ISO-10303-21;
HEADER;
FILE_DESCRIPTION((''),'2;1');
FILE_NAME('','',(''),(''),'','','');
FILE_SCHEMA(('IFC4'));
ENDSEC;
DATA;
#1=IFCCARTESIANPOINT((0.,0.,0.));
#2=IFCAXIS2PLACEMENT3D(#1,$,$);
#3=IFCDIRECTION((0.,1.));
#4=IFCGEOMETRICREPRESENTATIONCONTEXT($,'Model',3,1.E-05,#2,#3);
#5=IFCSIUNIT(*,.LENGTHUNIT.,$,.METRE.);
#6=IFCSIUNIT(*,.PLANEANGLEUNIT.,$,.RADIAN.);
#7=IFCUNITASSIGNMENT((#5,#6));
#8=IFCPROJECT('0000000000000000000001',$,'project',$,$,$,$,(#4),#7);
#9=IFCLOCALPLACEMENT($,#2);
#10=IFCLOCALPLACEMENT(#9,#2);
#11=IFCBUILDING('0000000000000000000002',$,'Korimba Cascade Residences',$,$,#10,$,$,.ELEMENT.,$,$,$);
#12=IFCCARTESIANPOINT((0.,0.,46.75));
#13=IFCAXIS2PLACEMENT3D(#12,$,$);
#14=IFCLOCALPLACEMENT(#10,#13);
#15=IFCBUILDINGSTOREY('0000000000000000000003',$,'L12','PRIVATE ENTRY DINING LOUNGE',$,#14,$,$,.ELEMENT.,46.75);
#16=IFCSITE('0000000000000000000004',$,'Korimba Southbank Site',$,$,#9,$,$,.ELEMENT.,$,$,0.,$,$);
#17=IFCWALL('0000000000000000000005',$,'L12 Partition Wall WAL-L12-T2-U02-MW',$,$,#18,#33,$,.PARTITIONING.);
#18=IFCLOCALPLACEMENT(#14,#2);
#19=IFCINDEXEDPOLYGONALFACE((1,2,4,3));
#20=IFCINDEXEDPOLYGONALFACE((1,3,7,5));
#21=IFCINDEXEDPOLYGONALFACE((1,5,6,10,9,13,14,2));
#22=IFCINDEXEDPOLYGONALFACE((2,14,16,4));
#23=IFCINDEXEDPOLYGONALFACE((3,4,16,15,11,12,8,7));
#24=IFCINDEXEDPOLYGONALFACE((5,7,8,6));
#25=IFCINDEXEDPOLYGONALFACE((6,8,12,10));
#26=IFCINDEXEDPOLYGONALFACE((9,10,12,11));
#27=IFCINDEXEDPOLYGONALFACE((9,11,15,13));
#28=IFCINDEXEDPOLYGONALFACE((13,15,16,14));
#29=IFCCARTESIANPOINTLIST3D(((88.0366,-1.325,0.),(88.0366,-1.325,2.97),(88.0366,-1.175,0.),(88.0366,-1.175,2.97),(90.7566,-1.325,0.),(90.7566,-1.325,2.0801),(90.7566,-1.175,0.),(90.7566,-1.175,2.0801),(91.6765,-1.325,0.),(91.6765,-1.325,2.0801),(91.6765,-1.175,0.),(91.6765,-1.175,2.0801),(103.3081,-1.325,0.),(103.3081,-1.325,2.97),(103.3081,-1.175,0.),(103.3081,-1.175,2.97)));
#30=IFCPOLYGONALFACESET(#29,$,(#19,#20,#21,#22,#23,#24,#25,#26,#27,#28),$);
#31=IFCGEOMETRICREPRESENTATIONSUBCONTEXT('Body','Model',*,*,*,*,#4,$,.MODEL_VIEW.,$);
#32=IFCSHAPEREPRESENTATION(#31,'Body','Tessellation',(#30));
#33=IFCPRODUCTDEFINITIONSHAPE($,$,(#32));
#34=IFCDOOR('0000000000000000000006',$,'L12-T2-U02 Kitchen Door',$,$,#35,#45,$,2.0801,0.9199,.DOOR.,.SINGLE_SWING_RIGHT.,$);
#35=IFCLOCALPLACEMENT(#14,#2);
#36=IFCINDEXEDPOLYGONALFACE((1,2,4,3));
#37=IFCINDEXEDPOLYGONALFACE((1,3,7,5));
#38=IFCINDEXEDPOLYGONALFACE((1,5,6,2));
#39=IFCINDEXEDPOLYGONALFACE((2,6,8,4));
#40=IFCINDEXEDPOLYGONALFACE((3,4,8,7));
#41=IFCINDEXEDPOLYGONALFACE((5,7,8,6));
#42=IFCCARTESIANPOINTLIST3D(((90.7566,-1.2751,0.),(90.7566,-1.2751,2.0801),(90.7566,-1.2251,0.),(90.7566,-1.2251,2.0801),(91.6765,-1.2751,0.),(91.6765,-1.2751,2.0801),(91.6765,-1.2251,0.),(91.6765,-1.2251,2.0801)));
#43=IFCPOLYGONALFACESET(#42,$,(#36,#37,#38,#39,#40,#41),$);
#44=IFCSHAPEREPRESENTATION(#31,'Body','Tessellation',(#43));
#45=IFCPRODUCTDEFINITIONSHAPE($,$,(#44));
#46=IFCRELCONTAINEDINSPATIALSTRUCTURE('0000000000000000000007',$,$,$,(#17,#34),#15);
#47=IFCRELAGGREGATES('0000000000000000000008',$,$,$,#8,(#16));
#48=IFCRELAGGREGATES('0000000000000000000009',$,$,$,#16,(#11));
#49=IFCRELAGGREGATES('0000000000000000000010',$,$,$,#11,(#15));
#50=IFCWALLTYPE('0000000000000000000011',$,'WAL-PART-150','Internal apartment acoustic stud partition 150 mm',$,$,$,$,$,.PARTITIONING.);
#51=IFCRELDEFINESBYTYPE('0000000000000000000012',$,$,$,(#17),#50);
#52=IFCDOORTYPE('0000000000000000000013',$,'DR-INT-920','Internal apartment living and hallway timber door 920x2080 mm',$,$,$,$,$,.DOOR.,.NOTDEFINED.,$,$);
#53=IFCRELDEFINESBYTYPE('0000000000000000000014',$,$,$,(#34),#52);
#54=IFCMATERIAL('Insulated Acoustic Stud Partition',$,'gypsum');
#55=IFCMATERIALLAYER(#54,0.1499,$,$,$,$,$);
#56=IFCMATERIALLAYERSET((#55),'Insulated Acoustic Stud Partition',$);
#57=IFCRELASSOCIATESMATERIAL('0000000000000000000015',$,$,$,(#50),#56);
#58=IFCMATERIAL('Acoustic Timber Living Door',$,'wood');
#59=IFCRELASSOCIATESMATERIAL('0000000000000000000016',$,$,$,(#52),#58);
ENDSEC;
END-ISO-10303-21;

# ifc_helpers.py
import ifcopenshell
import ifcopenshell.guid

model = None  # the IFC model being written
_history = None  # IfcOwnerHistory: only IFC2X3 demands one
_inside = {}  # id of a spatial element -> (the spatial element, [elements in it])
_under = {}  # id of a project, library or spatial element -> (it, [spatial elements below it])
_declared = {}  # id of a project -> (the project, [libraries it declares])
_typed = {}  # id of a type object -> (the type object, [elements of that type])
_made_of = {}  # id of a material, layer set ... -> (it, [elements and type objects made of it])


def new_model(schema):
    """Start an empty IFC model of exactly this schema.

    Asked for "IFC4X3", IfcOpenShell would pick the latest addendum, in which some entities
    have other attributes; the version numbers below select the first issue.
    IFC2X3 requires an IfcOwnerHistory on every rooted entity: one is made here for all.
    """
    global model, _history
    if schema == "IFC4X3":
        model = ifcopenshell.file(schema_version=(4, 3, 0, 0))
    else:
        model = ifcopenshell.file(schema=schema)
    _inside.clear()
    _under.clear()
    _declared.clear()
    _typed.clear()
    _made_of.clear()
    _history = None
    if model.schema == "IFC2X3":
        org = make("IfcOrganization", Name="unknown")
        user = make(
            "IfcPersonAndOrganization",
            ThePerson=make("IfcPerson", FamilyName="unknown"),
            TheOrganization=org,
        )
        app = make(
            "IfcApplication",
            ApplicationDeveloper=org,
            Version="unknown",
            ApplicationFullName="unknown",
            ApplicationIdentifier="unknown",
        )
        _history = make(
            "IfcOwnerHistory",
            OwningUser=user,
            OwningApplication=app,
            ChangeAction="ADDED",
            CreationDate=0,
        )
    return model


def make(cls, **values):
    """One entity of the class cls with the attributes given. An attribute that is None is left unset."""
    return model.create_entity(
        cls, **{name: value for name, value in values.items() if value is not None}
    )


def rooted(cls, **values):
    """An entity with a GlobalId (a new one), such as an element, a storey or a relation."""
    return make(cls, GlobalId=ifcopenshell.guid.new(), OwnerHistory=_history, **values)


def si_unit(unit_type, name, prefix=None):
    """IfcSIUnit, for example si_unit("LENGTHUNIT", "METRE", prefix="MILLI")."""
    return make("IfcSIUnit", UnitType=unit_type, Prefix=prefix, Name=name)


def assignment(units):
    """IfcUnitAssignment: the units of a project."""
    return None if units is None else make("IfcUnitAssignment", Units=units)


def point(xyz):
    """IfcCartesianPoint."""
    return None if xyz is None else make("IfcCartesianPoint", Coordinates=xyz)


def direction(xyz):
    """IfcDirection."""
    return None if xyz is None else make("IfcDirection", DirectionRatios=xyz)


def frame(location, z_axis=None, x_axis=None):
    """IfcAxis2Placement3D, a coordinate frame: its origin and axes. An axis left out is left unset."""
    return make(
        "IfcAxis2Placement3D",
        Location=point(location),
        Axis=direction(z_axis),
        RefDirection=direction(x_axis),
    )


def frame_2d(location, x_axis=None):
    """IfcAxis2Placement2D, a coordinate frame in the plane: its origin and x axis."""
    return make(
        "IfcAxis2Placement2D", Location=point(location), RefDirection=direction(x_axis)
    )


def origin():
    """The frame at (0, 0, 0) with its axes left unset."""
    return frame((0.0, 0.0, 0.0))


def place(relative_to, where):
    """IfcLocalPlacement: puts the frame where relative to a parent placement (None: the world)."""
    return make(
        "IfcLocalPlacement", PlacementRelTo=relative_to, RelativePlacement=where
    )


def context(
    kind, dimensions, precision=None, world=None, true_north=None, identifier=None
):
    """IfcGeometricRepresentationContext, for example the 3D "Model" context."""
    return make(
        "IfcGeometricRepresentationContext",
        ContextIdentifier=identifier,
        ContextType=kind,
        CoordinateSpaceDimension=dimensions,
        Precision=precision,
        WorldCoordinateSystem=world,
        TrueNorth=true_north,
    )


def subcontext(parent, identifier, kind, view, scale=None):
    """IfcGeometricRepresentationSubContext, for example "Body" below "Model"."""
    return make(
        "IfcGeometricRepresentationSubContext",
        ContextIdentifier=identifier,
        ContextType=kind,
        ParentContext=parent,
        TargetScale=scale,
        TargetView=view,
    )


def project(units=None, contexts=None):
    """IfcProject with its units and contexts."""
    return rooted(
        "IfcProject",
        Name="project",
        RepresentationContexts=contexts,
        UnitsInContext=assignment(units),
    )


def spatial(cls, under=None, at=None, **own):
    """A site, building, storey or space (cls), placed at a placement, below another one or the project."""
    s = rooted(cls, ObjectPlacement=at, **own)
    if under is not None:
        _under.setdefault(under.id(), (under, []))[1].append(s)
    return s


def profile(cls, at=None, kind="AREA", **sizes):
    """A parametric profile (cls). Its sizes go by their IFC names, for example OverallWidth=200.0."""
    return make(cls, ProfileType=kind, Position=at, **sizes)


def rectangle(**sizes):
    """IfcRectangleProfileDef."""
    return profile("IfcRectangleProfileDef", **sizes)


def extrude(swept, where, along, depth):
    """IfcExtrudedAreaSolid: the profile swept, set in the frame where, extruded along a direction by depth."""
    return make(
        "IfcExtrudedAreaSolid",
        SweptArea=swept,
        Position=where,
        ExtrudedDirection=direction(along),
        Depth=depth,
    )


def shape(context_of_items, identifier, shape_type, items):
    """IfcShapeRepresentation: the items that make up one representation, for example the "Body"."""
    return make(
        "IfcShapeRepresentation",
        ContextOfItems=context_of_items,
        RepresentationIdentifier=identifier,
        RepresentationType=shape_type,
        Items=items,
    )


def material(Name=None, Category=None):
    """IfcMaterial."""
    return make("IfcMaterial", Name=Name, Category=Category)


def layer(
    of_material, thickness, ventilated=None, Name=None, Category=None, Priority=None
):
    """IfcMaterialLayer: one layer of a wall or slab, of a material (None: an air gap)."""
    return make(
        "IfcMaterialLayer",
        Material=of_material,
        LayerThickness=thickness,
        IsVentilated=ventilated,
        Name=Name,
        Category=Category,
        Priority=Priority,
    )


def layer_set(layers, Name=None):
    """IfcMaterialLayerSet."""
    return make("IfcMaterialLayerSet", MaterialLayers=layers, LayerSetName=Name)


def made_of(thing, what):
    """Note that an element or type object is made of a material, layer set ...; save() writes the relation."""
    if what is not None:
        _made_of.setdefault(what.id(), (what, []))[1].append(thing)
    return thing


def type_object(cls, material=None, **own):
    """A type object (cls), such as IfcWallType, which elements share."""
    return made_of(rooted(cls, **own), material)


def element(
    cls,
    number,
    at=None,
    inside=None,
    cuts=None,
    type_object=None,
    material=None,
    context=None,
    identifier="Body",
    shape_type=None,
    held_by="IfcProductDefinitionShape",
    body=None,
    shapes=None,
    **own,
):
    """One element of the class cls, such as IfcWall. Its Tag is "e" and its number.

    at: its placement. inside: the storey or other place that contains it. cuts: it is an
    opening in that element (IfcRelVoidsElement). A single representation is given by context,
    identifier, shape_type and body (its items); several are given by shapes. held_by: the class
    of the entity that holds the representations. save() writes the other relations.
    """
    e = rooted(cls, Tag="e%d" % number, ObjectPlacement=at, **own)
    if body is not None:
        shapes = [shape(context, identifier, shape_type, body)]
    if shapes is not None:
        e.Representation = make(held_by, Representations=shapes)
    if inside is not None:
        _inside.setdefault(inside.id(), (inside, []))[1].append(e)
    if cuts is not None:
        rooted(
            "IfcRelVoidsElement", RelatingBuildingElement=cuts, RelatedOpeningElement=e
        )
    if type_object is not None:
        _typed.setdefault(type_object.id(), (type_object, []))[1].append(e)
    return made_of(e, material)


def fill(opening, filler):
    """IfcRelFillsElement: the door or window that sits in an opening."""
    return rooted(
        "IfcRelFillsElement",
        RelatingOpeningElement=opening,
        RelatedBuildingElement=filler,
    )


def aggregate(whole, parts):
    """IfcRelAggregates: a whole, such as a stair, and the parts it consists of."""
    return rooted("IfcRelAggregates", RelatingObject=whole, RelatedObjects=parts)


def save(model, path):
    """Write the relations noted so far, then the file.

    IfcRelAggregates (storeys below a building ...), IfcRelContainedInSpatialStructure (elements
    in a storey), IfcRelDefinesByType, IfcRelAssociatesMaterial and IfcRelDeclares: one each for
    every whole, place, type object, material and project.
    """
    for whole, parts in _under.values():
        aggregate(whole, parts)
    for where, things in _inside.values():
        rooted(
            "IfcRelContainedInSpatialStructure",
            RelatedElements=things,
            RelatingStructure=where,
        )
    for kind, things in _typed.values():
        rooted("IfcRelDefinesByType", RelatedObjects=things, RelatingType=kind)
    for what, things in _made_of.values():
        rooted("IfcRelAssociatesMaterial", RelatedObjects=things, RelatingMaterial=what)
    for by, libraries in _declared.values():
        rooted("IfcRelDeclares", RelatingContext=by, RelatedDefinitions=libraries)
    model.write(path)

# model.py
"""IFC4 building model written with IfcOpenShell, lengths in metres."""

from ifc_helpers import new_model, si_unit, direction, frame, frame_2d, origin, place, context, subcontext, project, spatial, rectangle, extrude, material, layer, layer_set, type_object, element, fill, save


model = new_model("IFC4")

# Units and contexts
model_context = context("Model", 3, precision=1e-05, world=origin(), true_north=direction((0.0, 1.0)))
body_context = subcontext(model_context, "Body", "Model", "MODEL_VIEW")
ifc_project = project(units=[si_unit("LENGTHUNIT", "METRE"), si_unit("PLANEANGLEUNIT", "RADIAN")], contexts=[model_context])

# Site, building, storey
site_placement = place(None, origin())
site = spatial("IfcSite", under=ifc_project, at=site_placement, Name="Korimba Southbank Site", CompositionType="ELEMENT", RefElevation=0.0)
building_placement = place(site_placement, origin())
building = spatial("IfcBuilding", under=site, at=building_placement, Name="Korimba Cascade Residences", CompositionType="ELEMENT")
storey_placement = place(building_placement, frame((0.0, 0.0, 46.75)))
storey = spatial("IfcBuildingStorey", under=building, at=storey_placement, Name="L12", Description="PRIVATE ENTRY DINING LOUNGE", CompositionType="ELEMENT", Elevation=46.75)

# Shared definitions
ifc_material_1 = material(Name="Insulated Acoustic Stud Partition", Category="gypsum")
ifc_layer_1 = layer(ifc_material_1, 0.1499)
ifc_layer_set_1 = layer_set([ifc_layer_1], Name="Insulated Acoustic Stud Partition")
wall_type_1 = type_object("IfcWallType", Name="WAL-PART-150", Description="Internal apartment acoustic stud partition 150 mm", PredefinedType="PARTITIONING", material=ifc_layer_set_1)

# Wall, opening, door
wall_1_placement = place(storey_placement, frame((88.0366, -1.25, 0.0), z_axis=(0.0, 0.0, 1.0), x_axis=(1.0, 0.0, 0.0)))
wall_1 = element("IfcWall", 1, at=wall_1_placement, inside=storey, type_object=wall_type_1, Name="L12 Partition Wall WAL-L12-T2-U02-MW", PredefinedType="PARTITIONING", context=body_context, shape_type="SweptSolid", body=[
    extrude(rectangle(XDim=15.2715, YDim=0.1499, at=frame_2d((7.6357, 0.0))), origin(), (0.0, 0.0, 1.0), 2.97),
])
opening_1_placement = place(wall_1_placement, frame((2.72, 0.0, 0.0)))
opening_1 = element("IfcOpeningElement", 2, at=opening_1_placement, cuts=wall_1, PredefinedType="OPENING", context=body_context, shape_type="SweptSolid", body=[
    extrude(rectangle(XDim=0.9199, YDim=2.0801, at=frame_2d((0.46, 1.04))), frame((0.0, 0.085, 0.0), z_axis=(0.0, -1.0, 0.0), x_axis=(1.0, 0.0, 0.0)), (0.0, 0.0, 1.0), 0.1699),
])
ifc_material_2 = material(Name="Acoustic Timber Living Door", Category="wood")
door_type_1 = type_object("IfcDoorType", Name="DR-INT-920", Description="Internal apartment living and hallway timber door 920x2080 mm", OperationType="NOTDEFINED", PredefinedType="DOOR", material=ifc_material_2)
door_1_placement = place(opening_1_placement, origin())
door_1 = element("IfcDoor", 3, at=door_1_placement, inside=storey, type_object=door_type_1, Name="L12-T2-U02 Kitchen Door", OperationType="SINGLE_SWING_RIGHT", OverallHeight=2.0801, OverallWidth=0.9199, PredefinedType="DOOR", context=body_context, shape_type="SweptSolid", body=[
    extrude(rectangle(XDim=0.9199, YDim=2.0801, at=frame_2d((0.46, 1.04))), frame((0.0, 0.0249, 0.0), z_axis=(0.0, -1.0, 0.0), x_axis=(1.0, 0.0, 0.0)), (0.0, 0.0, 1.0), 0.05),
])
fill(opening_1, door_1)

save(model, "model.ifc")
